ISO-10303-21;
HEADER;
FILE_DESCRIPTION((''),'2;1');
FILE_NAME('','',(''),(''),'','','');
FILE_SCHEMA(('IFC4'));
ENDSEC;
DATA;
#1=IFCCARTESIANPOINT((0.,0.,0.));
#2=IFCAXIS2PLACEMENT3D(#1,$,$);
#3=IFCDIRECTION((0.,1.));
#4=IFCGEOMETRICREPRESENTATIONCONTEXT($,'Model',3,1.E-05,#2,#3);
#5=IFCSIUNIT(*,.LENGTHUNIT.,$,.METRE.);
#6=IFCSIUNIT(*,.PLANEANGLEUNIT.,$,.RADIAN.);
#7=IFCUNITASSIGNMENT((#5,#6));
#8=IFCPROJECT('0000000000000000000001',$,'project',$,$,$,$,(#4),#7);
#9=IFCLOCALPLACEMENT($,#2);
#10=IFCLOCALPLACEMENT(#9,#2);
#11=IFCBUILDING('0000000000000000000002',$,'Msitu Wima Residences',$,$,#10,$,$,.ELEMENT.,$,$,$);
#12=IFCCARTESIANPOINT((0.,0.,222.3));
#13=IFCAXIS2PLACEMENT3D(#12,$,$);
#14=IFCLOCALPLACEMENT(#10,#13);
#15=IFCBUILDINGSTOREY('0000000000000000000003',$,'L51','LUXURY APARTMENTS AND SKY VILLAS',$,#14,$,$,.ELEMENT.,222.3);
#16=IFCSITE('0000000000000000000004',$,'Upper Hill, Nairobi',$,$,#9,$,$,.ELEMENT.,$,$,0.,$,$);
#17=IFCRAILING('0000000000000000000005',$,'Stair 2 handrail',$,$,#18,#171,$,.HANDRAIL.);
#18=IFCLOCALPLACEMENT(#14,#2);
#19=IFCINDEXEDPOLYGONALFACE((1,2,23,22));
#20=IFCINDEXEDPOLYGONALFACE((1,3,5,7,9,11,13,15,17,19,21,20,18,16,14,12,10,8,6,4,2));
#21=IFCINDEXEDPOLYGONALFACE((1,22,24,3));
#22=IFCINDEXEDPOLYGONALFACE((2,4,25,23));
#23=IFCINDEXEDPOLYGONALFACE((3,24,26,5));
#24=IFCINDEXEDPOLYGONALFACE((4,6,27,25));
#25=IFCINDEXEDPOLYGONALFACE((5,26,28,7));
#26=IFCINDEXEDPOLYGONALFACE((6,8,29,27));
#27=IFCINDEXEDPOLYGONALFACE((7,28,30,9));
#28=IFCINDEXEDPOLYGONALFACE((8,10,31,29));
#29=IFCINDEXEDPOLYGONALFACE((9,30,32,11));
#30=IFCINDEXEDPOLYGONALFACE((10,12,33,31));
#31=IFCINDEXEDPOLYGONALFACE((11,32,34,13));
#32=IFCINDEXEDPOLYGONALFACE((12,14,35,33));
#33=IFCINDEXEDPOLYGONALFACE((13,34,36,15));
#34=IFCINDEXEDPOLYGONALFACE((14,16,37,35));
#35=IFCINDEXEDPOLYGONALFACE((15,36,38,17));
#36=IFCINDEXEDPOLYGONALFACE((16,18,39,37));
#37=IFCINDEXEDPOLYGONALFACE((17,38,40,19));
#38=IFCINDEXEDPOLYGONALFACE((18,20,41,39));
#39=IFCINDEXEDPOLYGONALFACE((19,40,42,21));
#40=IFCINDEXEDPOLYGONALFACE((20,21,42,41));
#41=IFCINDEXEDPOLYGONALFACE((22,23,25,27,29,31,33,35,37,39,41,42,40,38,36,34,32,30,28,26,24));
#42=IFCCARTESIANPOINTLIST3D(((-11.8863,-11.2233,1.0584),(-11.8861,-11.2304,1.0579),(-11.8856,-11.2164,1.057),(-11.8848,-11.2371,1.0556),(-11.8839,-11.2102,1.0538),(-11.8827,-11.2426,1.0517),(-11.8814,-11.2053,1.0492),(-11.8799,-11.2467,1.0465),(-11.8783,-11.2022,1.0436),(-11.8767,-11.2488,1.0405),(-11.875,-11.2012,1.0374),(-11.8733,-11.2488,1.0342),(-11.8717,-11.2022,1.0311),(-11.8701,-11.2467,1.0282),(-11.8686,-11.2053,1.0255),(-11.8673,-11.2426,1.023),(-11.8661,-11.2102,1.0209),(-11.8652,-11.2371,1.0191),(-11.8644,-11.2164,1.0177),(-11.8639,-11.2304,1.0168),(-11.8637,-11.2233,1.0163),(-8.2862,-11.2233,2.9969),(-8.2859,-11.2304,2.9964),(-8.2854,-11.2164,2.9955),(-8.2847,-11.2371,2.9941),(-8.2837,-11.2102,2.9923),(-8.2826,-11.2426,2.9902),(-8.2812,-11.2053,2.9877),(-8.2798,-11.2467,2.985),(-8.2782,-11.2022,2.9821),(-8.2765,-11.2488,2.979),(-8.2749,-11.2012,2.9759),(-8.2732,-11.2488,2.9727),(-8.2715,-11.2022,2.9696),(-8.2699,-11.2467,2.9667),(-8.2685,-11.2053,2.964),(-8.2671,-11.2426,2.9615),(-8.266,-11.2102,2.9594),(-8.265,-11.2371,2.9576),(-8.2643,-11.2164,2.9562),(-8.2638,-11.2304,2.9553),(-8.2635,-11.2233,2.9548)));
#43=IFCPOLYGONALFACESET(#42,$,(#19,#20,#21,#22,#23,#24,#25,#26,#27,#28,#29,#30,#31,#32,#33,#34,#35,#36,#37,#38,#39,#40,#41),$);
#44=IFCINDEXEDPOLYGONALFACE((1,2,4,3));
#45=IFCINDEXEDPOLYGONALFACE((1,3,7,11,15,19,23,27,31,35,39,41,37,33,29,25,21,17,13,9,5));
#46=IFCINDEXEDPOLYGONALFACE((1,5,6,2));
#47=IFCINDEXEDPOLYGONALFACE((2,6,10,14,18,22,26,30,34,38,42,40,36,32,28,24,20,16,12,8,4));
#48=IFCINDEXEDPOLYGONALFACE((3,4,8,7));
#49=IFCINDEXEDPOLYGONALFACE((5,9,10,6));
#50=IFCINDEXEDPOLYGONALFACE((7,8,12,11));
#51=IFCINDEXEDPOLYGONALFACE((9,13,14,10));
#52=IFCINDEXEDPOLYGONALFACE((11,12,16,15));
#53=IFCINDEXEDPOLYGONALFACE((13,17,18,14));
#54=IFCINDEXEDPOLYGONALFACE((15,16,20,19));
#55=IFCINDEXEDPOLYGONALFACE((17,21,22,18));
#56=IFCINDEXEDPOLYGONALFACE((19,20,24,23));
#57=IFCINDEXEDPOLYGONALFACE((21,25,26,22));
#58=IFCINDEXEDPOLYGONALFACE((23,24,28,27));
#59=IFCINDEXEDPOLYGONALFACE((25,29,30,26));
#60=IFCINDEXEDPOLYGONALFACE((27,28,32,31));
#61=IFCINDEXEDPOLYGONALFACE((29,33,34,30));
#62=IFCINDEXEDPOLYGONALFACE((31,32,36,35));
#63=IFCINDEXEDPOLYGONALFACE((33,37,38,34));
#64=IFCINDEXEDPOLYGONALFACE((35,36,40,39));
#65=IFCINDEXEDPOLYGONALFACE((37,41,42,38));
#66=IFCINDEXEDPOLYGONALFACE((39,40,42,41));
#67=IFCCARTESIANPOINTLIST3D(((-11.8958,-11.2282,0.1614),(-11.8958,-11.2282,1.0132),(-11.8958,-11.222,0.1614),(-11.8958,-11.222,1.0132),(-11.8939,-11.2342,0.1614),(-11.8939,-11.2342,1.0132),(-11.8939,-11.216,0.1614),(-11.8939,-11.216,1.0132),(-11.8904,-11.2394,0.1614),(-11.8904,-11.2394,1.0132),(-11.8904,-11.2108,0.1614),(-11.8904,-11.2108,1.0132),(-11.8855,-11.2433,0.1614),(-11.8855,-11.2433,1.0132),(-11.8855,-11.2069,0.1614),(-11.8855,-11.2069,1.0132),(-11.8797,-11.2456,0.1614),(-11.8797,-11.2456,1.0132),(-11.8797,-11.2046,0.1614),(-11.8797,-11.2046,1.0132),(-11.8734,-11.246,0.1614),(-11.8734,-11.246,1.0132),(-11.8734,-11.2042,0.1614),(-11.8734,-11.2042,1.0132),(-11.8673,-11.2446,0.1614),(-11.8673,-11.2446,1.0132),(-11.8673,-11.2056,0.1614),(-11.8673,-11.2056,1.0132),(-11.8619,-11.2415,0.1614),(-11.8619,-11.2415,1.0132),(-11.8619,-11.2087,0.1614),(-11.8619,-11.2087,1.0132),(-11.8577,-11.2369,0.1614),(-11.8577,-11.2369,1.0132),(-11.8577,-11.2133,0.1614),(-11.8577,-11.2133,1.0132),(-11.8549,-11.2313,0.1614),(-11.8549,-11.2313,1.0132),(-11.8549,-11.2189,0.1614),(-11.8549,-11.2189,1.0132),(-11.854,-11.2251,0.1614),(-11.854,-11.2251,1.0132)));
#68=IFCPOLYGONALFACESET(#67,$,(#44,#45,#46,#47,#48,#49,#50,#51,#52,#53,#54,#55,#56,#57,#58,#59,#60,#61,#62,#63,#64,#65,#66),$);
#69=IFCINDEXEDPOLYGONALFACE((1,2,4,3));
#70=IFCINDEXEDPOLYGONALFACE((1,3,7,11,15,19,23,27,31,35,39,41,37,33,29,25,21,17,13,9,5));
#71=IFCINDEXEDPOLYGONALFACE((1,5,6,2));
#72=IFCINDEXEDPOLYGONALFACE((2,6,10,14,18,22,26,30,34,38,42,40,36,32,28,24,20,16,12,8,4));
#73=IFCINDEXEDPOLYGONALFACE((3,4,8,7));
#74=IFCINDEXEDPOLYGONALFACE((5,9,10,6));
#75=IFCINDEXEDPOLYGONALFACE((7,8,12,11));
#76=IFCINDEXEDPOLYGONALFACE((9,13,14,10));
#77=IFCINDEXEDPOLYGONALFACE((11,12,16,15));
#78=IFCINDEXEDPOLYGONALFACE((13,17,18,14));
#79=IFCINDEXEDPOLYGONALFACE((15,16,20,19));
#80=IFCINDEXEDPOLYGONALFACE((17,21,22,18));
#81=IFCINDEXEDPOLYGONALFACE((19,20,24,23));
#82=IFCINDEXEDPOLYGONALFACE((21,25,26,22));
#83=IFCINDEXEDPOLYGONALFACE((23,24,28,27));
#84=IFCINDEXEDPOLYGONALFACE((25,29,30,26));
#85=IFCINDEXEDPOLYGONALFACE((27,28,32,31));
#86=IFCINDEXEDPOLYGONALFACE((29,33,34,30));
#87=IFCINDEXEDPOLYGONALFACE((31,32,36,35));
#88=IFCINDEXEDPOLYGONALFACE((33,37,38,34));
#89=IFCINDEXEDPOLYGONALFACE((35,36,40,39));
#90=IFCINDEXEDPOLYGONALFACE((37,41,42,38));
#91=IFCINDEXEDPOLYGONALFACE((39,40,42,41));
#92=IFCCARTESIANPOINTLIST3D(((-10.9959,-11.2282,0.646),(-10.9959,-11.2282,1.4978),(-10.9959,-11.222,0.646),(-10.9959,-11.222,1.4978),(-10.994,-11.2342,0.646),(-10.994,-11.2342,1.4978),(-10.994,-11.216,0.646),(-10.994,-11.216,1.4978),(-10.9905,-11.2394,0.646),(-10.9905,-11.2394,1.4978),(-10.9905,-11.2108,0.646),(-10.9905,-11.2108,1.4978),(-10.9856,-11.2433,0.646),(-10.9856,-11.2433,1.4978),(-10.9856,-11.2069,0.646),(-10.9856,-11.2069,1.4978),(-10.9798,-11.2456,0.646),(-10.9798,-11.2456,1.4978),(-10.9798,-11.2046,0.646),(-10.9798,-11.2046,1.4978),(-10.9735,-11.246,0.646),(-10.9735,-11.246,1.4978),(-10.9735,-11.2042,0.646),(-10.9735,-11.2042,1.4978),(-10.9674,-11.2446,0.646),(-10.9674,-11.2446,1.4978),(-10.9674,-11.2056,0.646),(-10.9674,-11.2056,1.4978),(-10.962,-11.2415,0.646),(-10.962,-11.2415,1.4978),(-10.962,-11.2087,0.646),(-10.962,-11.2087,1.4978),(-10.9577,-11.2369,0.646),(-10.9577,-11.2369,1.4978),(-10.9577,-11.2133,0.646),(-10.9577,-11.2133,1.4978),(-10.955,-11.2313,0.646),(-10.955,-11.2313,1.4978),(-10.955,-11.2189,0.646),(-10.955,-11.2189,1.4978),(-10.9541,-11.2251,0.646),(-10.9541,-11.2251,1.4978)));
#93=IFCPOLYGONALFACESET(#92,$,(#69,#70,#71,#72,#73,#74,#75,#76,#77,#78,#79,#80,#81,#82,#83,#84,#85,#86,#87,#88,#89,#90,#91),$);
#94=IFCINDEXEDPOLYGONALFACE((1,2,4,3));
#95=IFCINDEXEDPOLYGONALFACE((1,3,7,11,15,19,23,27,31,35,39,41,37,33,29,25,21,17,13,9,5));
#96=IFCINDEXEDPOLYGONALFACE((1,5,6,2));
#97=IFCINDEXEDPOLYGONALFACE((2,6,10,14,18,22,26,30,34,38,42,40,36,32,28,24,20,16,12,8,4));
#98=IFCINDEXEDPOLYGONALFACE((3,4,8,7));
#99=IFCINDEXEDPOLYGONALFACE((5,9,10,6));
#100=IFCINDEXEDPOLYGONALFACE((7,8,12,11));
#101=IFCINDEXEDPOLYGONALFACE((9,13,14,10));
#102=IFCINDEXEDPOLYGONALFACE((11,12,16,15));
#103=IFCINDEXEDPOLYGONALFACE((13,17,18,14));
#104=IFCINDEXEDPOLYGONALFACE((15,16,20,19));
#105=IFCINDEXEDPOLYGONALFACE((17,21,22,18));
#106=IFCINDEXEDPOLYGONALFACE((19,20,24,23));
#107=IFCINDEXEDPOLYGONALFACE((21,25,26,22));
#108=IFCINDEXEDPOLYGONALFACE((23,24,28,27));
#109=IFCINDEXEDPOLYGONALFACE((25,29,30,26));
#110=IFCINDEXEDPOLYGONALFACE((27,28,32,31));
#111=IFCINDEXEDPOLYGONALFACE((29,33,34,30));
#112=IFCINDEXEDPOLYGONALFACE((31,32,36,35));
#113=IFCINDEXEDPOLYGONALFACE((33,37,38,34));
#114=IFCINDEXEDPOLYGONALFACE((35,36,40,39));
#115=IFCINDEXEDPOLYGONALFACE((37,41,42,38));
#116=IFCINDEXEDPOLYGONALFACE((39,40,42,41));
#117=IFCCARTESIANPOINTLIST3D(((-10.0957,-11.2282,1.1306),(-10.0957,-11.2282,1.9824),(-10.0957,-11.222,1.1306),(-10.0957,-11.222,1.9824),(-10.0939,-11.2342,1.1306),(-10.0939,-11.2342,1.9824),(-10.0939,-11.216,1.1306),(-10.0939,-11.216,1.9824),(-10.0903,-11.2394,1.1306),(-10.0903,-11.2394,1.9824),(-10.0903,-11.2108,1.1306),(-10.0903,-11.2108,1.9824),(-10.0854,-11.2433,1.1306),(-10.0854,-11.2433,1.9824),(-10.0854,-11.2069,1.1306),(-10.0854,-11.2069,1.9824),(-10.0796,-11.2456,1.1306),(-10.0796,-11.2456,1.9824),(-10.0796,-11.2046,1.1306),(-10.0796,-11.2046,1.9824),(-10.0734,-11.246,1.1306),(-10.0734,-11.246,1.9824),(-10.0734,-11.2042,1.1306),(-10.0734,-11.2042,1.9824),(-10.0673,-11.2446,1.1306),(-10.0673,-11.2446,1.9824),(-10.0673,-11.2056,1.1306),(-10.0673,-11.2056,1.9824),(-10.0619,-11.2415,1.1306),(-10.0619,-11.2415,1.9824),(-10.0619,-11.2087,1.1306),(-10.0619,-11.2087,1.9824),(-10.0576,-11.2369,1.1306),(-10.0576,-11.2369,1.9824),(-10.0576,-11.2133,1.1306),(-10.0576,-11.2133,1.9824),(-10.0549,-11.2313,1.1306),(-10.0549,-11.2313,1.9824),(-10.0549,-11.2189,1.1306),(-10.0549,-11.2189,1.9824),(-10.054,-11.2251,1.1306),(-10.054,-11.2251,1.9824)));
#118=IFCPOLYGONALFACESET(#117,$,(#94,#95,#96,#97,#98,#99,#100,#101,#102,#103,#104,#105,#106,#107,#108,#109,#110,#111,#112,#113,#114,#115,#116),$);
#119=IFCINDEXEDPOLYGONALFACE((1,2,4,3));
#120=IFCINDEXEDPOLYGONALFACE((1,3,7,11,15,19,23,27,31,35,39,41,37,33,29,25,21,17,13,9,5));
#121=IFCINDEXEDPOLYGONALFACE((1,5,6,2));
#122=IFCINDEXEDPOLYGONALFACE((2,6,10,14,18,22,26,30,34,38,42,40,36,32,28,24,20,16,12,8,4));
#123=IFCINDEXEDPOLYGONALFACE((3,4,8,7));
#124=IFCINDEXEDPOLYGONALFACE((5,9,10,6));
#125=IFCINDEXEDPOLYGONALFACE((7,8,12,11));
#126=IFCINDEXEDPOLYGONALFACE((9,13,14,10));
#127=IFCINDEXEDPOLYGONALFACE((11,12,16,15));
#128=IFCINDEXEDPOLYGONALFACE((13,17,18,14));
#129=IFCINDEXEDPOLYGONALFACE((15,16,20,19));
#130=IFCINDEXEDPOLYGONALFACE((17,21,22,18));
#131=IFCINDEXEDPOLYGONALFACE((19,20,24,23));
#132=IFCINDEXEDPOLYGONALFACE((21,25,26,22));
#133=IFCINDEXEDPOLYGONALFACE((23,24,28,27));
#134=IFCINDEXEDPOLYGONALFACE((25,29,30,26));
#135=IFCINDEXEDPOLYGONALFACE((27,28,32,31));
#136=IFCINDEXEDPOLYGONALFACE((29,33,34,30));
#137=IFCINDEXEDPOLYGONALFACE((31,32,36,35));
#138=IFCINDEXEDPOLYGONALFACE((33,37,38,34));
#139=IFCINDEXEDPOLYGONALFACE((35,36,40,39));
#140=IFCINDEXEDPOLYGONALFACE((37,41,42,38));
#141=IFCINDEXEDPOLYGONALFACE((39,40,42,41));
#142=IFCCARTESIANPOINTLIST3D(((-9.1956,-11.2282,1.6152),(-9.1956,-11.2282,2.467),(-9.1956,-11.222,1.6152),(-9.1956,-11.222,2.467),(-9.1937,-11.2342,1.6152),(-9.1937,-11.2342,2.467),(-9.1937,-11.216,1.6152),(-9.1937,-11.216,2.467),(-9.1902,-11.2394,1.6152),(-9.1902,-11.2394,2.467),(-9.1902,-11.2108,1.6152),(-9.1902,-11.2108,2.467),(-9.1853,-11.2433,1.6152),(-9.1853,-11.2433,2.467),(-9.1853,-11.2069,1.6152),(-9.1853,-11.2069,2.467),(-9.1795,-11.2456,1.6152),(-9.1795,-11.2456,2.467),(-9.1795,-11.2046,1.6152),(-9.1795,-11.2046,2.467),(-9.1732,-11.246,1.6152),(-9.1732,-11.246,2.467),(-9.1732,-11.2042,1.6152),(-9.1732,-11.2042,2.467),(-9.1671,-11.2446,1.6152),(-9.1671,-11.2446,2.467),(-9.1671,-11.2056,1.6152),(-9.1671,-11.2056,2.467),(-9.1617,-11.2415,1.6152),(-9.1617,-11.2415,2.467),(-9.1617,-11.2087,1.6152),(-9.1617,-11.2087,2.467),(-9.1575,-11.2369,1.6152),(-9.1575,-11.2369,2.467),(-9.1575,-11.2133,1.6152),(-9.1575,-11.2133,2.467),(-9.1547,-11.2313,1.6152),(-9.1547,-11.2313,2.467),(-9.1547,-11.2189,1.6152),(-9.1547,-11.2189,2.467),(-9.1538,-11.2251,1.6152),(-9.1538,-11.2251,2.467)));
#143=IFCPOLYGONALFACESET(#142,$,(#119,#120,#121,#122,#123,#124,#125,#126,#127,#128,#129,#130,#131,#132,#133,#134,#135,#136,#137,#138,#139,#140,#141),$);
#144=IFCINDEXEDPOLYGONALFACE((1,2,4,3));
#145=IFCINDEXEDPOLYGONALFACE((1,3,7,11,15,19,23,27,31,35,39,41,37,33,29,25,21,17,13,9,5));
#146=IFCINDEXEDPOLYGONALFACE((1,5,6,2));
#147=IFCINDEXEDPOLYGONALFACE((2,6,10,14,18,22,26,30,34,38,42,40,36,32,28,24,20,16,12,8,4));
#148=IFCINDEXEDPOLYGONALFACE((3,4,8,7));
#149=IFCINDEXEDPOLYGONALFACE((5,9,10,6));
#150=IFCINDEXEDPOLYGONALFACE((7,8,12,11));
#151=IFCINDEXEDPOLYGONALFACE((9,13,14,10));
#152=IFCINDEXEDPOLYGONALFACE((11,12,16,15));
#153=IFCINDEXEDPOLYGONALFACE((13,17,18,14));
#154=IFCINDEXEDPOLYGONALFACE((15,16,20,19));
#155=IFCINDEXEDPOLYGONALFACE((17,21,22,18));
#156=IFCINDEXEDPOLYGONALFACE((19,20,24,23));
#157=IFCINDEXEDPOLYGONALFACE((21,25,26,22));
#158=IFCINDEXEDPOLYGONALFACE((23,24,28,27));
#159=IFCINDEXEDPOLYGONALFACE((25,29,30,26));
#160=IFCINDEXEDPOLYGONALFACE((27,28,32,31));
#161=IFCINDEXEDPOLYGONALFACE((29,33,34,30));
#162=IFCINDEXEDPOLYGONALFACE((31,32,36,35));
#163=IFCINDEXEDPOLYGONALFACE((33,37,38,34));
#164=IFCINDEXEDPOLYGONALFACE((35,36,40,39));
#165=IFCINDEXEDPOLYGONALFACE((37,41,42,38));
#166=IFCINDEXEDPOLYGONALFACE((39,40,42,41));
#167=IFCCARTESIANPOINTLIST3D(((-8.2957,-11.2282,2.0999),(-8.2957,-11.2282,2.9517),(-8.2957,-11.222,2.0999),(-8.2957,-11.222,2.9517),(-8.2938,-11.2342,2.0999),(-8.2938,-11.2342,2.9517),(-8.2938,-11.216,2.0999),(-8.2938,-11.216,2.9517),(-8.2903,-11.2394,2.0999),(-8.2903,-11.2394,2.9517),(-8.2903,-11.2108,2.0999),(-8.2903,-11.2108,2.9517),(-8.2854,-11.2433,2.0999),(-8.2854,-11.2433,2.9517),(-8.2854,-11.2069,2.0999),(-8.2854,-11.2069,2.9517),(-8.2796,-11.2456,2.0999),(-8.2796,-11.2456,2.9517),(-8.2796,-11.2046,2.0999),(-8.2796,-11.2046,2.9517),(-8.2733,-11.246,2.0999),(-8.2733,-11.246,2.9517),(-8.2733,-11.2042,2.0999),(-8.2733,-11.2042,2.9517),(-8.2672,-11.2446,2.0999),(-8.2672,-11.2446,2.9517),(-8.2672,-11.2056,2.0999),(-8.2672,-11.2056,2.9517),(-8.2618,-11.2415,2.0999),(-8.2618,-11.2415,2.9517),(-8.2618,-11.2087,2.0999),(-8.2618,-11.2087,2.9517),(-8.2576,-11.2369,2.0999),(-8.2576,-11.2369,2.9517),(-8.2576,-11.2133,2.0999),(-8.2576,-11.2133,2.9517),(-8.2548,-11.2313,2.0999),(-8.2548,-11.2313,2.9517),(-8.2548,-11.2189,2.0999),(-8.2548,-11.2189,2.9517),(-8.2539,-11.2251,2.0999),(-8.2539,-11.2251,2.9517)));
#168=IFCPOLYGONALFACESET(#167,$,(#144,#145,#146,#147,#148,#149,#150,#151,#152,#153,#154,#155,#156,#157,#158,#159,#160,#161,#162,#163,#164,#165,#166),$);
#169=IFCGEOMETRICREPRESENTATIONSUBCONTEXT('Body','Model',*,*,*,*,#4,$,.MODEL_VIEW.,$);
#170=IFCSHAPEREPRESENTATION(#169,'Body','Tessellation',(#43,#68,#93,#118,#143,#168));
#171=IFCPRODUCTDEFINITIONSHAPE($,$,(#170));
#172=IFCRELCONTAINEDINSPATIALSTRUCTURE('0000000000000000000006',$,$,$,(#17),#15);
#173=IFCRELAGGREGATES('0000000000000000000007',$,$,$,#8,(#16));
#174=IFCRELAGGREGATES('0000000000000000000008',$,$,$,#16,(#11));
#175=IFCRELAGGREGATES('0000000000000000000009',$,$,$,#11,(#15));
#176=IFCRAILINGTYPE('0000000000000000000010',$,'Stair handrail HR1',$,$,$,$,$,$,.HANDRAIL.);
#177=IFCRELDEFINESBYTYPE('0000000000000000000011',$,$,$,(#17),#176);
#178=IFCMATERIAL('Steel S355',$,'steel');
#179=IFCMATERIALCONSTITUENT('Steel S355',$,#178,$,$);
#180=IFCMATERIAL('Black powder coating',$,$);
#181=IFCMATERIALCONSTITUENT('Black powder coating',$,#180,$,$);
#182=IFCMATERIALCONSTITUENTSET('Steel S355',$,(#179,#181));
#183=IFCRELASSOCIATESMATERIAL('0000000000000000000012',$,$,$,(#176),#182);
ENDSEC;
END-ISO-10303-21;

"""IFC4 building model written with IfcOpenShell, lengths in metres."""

from ifc_helpers import new_model, si_unit, direction, frame, origin, origin_2d, place, context, subcontext, project, spatial, circle, extrude, material, constituent, constituent_set, type_object, element, save


model = new_model("IFC4")

# Units and contexts
model_context = context("Model", 3, precision=1e-05, world=origin(), true_north=direction((0.0, 1.0)))
body_context = subcontext(model_context, "Body", "Model", "MODEL_VIEW")
ifc_project = project(units=[si_unit("LENGTHUNIT", "METRE"), si_unit("PLANEANGLEUNIT", "RADIAN")], contexts=[model_context])

# Site, building, storey
site_placement = place(None, origin())
site = spatial("IfcSite", under=ifc_project, at=site_placement, Name="Upper Hill, Nairobi", CompositionType="ELEMENT", RefElevation=0.0)
building_placement = place(site_placement, origin())
building = spatial("IfcBuilding", under=site, at=building_placement, Name="Msitu Wima Residences", CompositionType="ELEMENT")
storey_placement = place(building_placement, frame((0.0, 0.0, 222.3)))
storey = spatial("IfcBuildingStorey", under=building, at=storey_placement, Name="L51", Description="LUXURY APARTMENTS AND SKY VILLAS", CompositionType="ELEMENT", Elevation=222.3)

# Railing
ifc_material_1 = material(Name="Steel S355", Category="steel")
ifc_constituent_1 = constituent(ifc_material_1, Name="Steel S355")
ifc_material_2 = material(Name="Black powder coating")
ifc_constituent_2 = constituent(ifc_material_2, Name="Black powder coating")
ifc_constituent_set = constituent_set(constituents=[ifc_constituent_1, ifc_constituent_2], Name="Steel S355")
railing_type = type_object("IfcRailingType", Name="Stair handrail HR1", PredefinedType="HANDRAIL", material=ifc_constituent_set)
for number, where, name in (
    (1, (-11.875, -11.2251, 0.1614), "Stair 2 handrail"),
):
    element("IfcRailing", number, at=place(storey_placement, frame(where)), inside=storey, type_object=railing_type, Name=name, PredefinedType="HANDRAIL", context=body_context, shape_type="SweptSolid", body=[
        extrude(circle(Radius=0.0239, at=origin_2d()), frame((0.0, 0.0, 0.876), z_axis=(0.880475, 0.0, 0.474093), x_axis=(0.0, 1.0, 0.0)), (0.0, 0.0, 1.0), 4.0889),
        extrude(circle(Radius=0.021, at=origin_2d()), origin(), (0.0, 0.0, 1.0), 0.8518),
        extrude(circle(Radius=0.021, at=origin_2d()), frame((0.8999, 0.0, 0.4846)), (0.0, 0.0, 1.0), 0.8518),
        extrude(circle(Radius=0.021, at=origin_2d()), frame((1.8, 0.0, 0.9692)), (0.0, 0.0, 1.0), 0.8518),
        extrude(circle(Radius=0.021, at=origin_2d()), frame((2.7002, 0.0, 1.4539)), (0.0, 0.0, 1.0), 0.8518),
        extrude(circle(Radius=0.021, at=origin_2d()), frame((3.6001, 0.0, 1.9385)), (0.0, 0.0, 1.0), 0.8518),
    ])

save(model, "model.ifc")
